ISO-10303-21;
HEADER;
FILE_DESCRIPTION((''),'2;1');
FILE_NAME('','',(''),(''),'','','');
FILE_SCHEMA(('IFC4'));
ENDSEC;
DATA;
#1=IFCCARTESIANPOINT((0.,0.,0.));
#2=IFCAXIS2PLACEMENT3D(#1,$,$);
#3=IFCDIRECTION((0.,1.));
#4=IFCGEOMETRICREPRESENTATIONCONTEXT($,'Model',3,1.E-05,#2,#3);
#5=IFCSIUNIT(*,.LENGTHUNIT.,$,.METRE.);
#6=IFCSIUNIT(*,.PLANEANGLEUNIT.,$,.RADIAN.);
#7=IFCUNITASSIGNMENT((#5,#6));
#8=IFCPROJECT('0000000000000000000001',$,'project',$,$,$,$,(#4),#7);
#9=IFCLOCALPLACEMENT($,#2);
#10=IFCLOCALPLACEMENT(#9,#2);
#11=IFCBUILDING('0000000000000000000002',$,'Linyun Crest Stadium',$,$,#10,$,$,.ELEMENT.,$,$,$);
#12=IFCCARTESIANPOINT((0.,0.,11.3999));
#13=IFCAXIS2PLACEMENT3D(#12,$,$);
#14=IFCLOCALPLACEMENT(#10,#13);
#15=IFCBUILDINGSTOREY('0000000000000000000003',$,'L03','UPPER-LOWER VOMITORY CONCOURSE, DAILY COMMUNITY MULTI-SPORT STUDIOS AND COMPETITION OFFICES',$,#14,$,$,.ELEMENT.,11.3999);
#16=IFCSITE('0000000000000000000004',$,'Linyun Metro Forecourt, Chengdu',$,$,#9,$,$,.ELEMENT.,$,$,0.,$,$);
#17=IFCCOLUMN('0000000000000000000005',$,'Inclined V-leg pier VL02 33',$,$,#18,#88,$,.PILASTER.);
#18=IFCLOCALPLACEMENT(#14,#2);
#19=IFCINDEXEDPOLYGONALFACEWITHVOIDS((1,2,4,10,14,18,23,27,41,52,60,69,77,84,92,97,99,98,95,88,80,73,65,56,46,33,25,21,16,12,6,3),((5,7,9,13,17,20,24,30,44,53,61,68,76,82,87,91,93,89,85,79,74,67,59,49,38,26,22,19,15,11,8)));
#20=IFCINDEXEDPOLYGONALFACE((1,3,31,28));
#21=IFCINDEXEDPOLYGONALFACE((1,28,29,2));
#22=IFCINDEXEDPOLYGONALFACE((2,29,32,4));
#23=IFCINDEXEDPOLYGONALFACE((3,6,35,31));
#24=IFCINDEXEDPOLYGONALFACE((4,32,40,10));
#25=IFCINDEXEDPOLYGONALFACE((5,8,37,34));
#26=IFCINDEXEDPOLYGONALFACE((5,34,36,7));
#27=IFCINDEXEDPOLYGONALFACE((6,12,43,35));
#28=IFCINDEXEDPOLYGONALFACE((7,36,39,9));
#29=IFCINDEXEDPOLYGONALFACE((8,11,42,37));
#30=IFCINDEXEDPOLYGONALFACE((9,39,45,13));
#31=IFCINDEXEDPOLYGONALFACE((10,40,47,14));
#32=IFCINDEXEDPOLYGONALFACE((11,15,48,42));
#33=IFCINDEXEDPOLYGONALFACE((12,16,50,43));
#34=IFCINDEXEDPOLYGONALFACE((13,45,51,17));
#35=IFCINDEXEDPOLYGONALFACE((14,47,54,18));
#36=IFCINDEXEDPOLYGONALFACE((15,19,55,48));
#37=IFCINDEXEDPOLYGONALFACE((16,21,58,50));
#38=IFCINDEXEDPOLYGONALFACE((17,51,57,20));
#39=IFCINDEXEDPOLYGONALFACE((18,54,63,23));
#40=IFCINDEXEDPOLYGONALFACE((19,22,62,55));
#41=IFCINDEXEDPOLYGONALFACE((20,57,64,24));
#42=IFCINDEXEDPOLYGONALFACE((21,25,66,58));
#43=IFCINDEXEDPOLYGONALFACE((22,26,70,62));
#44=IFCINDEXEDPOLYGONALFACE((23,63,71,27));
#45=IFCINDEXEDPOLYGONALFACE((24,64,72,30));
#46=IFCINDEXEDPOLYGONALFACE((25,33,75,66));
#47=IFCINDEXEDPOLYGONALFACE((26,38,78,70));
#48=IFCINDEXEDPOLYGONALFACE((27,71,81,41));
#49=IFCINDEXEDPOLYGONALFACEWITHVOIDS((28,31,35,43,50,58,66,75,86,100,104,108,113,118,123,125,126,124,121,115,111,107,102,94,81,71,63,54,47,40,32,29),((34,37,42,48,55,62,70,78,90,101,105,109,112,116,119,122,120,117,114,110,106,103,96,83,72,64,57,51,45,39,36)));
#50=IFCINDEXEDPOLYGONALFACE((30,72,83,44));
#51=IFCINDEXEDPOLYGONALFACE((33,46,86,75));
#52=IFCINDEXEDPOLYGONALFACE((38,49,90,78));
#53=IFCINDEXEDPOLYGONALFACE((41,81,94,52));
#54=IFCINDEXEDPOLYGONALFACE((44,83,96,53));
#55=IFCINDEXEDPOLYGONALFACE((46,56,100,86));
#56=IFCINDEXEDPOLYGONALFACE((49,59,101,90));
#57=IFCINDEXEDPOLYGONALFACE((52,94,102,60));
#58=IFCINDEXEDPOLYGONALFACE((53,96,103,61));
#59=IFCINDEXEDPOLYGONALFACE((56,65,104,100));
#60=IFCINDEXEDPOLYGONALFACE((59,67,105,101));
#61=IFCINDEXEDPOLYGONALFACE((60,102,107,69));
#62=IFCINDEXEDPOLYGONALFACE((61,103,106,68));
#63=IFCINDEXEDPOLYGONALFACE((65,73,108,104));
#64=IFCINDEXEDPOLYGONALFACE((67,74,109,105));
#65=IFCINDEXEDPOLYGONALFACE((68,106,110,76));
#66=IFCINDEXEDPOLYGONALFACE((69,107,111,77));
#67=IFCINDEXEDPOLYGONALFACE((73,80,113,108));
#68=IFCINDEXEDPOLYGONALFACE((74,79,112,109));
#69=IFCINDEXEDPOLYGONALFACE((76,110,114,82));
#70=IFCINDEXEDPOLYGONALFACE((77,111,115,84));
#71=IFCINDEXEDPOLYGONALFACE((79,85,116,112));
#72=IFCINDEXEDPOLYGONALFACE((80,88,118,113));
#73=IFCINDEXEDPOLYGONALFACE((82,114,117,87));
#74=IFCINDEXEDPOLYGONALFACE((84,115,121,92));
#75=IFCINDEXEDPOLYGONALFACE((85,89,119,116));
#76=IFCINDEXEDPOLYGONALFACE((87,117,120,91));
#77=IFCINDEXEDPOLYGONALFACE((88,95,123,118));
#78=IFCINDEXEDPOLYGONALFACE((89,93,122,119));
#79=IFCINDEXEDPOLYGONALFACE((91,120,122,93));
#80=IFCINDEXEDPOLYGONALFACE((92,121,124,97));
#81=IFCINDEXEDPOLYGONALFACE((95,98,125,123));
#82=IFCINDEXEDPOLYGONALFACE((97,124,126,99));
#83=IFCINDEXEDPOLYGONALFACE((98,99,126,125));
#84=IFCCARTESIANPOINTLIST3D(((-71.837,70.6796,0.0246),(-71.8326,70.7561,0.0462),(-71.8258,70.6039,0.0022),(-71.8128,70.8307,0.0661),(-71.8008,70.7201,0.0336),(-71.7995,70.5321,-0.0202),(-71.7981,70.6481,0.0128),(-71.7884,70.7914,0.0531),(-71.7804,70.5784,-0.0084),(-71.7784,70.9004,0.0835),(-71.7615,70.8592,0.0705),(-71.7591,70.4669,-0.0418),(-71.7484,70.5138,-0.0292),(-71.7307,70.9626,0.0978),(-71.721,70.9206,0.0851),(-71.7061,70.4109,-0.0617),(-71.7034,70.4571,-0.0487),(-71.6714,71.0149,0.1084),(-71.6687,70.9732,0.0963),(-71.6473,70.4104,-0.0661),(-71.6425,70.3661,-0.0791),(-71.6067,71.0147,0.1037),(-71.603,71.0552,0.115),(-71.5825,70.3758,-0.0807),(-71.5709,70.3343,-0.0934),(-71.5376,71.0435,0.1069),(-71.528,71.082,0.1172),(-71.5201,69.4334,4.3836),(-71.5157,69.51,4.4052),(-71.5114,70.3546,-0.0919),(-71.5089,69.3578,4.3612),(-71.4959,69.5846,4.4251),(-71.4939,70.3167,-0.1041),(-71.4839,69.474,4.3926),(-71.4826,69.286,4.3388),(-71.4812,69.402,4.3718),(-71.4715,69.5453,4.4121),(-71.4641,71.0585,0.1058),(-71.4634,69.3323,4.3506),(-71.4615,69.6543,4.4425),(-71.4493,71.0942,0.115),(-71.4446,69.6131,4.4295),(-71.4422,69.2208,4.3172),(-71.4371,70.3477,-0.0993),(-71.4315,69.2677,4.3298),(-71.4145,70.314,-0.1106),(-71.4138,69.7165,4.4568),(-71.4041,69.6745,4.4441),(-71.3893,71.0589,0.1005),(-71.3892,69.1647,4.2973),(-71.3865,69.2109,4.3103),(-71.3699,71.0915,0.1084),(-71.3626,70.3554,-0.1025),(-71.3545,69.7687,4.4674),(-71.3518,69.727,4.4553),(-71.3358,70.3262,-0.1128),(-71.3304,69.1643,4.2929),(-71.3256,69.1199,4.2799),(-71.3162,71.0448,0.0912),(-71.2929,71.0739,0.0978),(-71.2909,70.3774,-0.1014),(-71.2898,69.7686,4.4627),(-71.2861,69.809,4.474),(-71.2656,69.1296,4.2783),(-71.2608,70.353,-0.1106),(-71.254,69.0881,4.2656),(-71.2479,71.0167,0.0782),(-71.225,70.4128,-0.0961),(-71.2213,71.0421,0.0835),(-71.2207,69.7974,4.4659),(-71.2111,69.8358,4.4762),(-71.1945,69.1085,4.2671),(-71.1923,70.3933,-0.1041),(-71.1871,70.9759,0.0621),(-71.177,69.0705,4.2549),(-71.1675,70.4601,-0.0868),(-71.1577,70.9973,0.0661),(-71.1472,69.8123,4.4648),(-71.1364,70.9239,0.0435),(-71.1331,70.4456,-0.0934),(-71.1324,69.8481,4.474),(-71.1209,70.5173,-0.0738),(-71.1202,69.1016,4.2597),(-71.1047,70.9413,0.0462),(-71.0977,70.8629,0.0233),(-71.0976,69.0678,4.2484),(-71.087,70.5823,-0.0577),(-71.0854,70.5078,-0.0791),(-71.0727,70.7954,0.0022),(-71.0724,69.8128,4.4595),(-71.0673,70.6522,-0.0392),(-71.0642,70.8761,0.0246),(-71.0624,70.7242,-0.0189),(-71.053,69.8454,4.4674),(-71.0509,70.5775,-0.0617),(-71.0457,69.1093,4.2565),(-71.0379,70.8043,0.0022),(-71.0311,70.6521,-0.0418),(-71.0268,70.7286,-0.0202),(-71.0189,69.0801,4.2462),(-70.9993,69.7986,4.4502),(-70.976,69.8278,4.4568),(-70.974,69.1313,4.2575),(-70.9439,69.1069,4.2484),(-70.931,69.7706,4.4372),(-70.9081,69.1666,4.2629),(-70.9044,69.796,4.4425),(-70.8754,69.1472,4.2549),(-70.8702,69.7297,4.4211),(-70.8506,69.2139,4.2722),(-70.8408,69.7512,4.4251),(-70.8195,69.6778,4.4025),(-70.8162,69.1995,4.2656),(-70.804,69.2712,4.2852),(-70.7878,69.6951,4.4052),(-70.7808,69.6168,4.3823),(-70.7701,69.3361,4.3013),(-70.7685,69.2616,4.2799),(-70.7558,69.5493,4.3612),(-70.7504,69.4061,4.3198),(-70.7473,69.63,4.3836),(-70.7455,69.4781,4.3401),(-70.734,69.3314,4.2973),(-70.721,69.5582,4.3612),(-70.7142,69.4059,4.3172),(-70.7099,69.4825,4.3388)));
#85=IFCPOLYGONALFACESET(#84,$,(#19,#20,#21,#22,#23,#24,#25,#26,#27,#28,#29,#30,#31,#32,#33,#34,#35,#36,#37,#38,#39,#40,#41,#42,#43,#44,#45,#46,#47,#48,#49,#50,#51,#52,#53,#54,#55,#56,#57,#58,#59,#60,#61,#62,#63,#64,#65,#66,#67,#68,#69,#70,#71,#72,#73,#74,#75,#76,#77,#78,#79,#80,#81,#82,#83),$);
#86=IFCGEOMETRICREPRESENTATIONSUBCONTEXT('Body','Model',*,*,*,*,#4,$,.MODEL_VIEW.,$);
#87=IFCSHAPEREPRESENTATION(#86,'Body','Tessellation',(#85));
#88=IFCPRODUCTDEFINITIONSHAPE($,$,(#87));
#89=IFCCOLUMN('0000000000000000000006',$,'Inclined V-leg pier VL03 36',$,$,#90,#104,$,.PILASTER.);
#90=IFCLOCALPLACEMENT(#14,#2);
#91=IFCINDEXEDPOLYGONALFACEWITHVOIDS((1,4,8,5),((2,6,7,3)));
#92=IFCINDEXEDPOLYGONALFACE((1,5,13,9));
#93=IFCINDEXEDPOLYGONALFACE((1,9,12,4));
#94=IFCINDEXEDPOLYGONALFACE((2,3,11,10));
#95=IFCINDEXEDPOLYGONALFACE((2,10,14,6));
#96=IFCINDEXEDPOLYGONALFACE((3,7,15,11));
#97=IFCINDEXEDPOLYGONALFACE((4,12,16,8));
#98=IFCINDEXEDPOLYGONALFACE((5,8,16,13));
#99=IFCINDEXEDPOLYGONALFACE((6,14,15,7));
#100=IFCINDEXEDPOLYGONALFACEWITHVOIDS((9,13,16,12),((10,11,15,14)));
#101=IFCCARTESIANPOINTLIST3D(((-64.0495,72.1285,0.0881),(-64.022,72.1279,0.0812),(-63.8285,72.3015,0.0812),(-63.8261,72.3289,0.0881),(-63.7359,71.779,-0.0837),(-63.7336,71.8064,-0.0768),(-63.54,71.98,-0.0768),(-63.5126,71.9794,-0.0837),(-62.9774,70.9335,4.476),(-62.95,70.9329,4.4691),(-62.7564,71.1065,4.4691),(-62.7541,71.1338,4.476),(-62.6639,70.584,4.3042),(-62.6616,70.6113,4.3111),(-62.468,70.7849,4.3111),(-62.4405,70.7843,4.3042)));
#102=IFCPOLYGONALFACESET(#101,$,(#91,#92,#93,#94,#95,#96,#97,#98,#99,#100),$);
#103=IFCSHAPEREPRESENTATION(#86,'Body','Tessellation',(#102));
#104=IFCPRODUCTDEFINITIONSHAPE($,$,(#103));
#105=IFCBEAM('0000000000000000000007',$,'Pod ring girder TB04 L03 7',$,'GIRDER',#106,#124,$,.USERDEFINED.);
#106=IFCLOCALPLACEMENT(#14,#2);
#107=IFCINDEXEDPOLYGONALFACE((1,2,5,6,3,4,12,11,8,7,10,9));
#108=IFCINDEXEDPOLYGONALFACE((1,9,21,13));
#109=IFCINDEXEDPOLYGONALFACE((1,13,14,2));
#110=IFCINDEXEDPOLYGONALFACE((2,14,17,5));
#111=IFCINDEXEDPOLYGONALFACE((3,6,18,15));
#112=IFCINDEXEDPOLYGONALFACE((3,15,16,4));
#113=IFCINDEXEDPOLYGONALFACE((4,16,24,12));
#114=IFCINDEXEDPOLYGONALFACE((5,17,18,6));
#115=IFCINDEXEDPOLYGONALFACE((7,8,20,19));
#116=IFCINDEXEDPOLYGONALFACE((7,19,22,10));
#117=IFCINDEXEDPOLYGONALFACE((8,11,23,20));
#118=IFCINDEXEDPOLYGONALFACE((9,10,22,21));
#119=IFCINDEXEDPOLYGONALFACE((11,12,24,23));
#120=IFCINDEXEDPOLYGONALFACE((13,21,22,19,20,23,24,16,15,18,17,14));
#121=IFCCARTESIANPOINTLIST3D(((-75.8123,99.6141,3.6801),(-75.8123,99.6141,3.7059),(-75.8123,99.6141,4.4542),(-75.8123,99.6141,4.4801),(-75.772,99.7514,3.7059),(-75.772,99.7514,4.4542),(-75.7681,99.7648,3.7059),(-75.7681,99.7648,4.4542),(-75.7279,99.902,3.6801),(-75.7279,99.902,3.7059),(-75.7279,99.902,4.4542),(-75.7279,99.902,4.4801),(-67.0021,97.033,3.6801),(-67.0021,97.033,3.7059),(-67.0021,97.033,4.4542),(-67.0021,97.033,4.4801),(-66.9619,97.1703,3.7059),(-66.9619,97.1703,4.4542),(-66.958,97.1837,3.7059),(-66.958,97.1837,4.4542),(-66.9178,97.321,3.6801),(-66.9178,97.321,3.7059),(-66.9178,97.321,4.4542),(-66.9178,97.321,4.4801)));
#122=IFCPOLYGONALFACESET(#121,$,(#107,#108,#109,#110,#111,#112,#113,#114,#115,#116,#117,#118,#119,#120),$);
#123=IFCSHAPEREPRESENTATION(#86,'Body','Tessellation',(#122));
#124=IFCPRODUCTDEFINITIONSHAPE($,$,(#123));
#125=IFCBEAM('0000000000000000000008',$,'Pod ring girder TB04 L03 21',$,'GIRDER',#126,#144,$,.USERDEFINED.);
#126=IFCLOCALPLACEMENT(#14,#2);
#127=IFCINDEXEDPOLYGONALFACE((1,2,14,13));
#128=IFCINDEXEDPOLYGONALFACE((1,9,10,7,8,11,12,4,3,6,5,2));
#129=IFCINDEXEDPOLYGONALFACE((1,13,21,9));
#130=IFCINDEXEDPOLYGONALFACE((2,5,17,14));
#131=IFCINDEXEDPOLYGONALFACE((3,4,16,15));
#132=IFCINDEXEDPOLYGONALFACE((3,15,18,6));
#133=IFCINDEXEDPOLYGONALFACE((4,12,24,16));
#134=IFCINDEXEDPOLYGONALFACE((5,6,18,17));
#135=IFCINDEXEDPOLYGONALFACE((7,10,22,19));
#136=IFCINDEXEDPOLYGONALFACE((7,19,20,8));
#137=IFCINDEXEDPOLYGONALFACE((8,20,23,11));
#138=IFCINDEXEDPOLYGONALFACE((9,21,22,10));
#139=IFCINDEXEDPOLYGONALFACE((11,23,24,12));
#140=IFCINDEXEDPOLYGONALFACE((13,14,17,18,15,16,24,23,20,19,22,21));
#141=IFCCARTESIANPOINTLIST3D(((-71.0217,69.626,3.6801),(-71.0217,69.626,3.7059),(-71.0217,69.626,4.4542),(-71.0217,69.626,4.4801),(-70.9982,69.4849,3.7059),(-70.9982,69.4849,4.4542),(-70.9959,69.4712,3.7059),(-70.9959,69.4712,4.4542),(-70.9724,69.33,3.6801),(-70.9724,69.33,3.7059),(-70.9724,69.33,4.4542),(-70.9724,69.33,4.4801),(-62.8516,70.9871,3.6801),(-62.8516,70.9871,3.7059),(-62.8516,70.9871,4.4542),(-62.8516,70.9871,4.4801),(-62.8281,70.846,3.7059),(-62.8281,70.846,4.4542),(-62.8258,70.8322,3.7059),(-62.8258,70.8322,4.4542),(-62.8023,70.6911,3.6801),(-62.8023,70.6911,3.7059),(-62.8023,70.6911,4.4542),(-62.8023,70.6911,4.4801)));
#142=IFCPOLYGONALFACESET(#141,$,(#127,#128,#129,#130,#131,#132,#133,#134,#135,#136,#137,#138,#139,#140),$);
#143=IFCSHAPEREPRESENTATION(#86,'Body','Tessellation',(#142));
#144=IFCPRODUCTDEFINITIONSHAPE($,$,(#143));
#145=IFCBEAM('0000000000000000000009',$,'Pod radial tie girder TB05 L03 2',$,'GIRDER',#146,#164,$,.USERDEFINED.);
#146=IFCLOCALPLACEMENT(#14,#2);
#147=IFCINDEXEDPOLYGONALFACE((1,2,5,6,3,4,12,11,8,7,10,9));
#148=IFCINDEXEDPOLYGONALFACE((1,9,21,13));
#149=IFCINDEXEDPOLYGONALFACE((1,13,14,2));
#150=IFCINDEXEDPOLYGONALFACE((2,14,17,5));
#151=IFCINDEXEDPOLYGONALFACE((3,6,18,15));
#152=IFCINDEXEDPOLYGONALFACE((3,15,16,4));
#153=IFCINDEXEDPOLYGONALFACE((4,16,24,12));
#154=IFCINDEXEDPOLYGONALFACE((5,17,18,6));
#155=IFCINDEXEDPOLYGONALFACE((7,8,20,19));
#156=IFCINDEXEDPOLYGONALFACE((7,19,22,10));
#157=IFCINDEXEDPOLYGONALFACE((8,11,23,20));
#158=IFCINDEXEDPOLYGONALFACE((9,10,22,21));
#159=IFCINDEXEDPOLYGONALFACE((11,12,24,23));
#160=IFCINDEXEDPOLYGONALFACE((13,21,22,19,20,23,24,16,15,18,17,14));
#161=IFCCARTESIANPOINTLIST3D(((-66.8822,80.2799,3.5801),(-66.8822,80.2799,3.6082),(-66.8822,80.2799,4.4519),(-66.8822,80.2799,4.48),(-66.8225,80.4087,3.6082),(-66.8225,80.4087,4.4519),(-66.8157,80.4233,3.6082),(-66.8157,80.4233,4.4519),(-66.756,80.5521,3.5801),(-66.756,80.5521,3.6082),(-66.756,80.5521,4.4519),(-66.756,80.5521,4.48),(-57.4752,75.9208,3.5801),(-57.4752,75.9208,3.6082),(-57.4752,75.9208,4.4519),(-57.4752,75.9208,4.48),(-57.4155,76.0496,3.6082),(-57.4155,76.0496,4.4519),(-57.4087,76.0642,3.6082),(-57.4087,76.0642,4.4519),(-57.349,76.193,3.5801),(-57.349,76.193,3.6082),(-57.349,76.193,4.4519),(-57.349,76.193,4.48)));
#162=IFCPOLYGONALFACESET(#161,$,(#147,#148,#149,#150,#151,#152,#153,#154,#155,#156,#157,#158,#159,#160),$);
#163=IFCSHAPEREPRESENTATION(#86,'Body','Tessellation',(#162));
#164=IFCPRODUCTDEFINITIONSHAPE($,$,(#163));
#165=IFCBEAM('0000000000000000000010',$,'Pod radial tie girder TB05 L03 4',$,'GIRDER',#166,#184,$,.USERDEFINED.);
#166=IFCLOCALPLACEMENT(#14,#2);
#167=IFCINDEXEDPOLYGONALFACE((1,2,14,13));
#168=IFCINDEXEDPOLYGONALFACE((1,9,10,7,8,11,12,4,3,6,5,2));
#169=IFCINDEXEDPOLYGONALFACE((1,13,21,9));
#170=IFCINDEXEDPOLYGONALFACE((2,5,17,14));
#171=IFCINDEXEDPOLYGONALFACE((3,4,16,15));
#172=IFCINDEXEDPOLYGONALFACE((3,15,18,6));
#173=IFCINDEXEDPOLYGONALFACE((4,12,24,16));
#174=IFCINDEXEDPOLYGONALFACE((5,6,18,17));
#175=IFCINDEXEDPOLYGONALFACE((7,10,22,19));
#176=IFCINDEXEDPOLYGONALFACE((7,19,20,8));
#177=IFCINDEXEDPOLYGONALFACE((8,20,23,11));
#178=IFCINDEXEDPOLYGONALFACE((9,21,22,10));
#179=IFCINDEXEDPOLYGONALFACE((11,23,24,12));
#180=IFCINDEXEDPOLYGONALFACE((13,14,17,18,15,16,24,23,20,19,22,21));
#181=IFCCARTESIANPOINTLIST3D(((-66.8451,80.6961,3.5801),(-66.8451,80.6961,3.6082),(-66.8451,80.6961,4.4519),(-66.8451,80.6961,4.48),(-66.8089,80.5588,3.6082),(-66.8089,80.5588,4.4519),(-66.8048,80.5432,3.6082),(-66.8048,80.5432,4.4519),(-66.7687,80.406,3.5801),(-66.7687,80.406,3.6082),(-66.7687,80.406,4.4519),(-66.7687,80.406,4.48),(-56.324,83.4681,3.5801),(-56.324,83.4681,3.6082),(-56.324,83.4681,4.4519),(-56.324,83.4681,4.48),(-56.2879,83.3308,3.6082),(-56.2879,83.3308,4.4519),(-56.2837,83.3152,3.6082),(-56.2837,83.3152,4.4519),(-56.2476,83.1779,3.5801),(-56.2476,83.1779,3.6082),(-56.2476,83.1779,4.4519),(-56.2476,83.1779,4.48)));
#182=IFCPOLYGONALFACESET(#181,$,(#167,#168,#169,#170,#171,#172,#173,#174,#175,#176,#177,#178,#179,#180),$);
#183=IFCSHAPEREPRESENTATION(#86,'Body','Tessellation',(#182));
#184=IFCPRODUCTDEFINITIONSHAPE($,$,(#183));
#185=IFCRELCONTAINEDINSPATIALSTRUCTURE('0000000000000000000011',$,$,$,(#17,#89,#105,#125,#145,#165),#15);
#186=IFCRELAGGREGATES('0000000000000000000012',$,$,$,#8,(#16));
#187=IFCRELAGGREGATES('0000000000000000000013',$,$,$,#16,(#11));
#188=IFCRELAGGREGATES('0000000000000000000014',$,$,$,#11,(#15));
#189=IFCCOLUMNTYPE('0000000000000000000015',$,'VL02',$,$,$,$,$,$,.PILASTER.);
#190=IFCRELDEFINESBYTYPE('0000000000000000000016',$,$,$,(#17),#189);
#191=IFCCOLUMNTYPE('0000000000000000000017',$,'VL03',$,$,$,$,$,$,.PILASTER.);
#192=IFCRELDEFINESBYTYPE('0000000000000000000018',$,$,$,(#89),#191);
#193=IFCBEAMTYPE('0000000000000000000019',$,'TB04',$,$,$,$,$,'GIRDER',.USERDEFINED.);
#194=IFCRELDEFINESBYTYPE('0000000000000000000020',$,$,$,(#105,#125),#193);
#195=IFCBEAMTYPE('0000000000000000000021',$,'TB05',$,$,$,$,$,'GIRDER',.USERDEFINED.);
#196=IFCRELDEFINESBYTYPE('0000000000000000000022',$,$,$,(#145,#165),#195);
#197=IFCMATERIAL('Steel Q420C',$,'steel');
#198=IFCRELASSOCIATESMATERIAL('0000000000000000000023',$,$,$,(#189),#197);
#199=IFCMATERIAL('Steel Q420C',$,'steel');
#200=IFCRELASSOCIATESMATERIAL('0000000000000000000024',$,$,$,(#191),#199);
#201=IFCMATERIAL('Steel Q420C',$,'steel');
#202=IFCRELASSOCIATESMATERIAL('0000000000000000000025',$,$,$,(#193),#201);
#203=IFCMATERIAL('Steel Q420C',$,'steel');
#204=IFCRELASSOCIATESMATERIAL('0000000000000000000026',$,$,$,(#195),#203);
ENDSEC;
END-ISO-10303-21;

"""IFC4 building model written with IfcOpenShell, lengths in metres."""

from ifc_helpers import new_model, si_unit, direction, frame, origin, origin_2d, place, context, subcontext, project, spatial, hollow_rectangle, hollow_circle, i_section, extrude, material, material_profile, profile_set, type_object, element, save


model = new_model("IFC4")

# Units and contexts
model_context = context("Model", 3, precision=1e-05, world=origin(), true_north=direction((0.0, 1.0)))
body_context = subcontext(model_context, "Body", "Model", "MODEL_VIEW")
ifc_project = project(units=[si_unit("LENGTHUNIT", "METRE"), si_unit("PLANEANGLEUNIT", "RADIAN")], contexts=[model_context])

# Site, building, storey
site_placement = place(None, origin())
site = spatial("IfcSite", under=ifc_project, at=site_placement, Name="Linyun Metro Forecourt, Chengdu", CompositionType="ELEMENT", RefElevation=0.0)
building_placement = place(site_placement, origin())
building = spatial("IfcBuilding", under=site, at=building_placement, Name="Linyun Crest Stadium", CompositionType="ELEMENT")
storey_placement = place(building_placement, frame((0.0, 0.0, 11.3999)))
storey = spatial("IfcBuildingStorey", under=building, at=storey_placement, Name="L03", Description="UPPER-LOWER VOMITORY CONCOURSE, DAILY COMMUNITY MULTI-SPORT STUDIOS AND COMPETITION OFFICES", CompositionType="ELEMENT", Elevation=11.3999)

# Columns
ifc_material_1 = material(Name="Steel Q420C", Category="steel")
ifc_material_profile_1 = material_profile(ifc_material_1, hollow_circle(Radius=0.4065, WallThickness=0.0359, at=origin_2d()), Name="CHS 813x36")
ifc_profile_set_1 = profile_set([ifc_material_profile_1], Name="Steel Q420C")
column_type_1 = type_object("IfcColumnType", Name="VL02", PredefinedType="PILASTER", material=ifc_profile_set_1)
column_1_placement = place(storey_placement, frame((-71.4319, 70.7041, 0.0022), z_axis=(0.06973, -0.274194, 0.959143), x_axis=(0.969152, 0.246465, 0.0)))
element("IfcColumn", 1, at=column_1_placement, inside=storey, type_object=column_type_1, Name="Inclined V-leg pier VL02 33", PredefinedType="PILASTER", context=body_context, shape_type="SweptSolid", body=[
    extrude(hollow_circle(Radius=0.4065, WallThickness=0.0359, at=origin_2d()), origin(), (0.0, 0.0, 1.0), 4.5447),
])
ifc_material_2 = material(Name="Steel Q420C", Category="steel")
ifc_material_profile_2 = material_profile(ifc_material_2, hollow_rectangle(XDim=0.3, YDim=0.5, WallThickness=0.02, at=origin_2d()), Name="RHS 500x300x20")
ifc_profile_set_2 = profile_set([ifc_material_profile_2], Name="Steel Q420C")
column_type_2 = type_object("IfcColumnType", Name="VL03", PredefinedType="PILASTER", material=ifc_profile_set_2)
column_2_placement = place(storey_placement, frame((-63.781, 72.054, 0.0022), z_axis=(0.229436, -0.255771, 0.939117), x_axis=(0.74439, 0.667746, 0.0)))
element("IfcColumn", 2, at=column_2_placement, inside=storey, type_object=column_type_2, Name="Inclined V-leg pier VL03 36", PredefinedType="PILASTER", context=body_context, shape_type="SweptSolid", body=[
    extrude(hollow_rectangle(XDim=0.3, YDim=0.5, WallThickness=0.02, at=origin_2d()), origin(), (0.0, 0.0, 1.0), 4.6724),
])

# Beams
ifc_material_3 = material(Name="Steel Q420C", Category="steel")
ifc_material_profile_3 = material_profile(ifc_material_3, i_section(OverallWidth=0.3, OverallDepth=0.8, WebThickness=0.0139, FlangeThickness=0.0259, at=origin_2d()), Name="HN 800x300")
ifc_profile_set_3 = profile_set([ifc_material_profile_3], Name="Steel Q420C")
beam_type_1 = type_object("IfcBeamType", Name="TB04", ElementType="GIRDER", PredefinedType="USERDEFINED", material=ifc_profile_set_3)
beam_1_placement = place(storey_placement, frame((-66.96, 97.177, 4.0801), z_axis=(-0.959664, 0.28115, 0.0), x_axis=(-0.28115, -0.959664, 0.0)))
element("IfcBeam", 3, at=beam_1_placement, inside=storey, type_object=beam_type_1, Name="Pod ring girder TB04 L03 7", ObjectType="GIRDER", PredefinedType="USERDEFINED", context=body_context, shape_type="SweptSolid", body=[
    extrude(i_section(OverallWidth=0.3, OverallDepth=0.8, WebThickness=0.0139, FlangeThickness=0.0259, at=origin_2d()), origin(), (0.0, 0.0, 1.0), 9.1804),
])
beam_2_placement = place(storey_placement, frame((-70.9971, 69.478, 4.0801), z_axis=(0.986406, 0.164327, 0.0), x_axis=(-0.164327, 0.986406, 0.0)))
element("IfcBeam", 4, at=beam_2_placement, inside=storey, type_object=beam_type_1, Name="Pod ring girder TB04 L03 21", ObjectType="GIRDER", PredefinedType="USERDEFINED", context=body_context, shape_type="SweptSolid", body=[
    extrude(i_section(OverallWidth=0.3, OverallDepth=0.8, WebThickness=0.0139, FlangeThickness=0.0259, at=origin_2d()), origin(), (0.0, 0.0, 1.0), 8.2827),
])
ifc_material_4 = material(Name="Steel Q420C", Category="steel")
ifc_material_profile_4 = material_profile(ifc_material_4, i_section(OverallWidth=0.3, OverallDepth=0.8999, WebThickness=0.0161, FlangeThickness=0.0281, at=origin_2d()), Name="HN 900x300")
ifc_profile_set_4 = profile_set([ifc_material_profile_4], Name="Steel Q420C")
beam_type_2 = type_object("IfcBeamType", Name="TB05", ElementType="GIRDER", PredefinedType="USERDEFINED", material=ifc_profile_set_4)
beam_3_placement = place(storey_placement, frame((-66.8191, 80.416, 4.03), z_axis=(0.907318, -0.420445, 0.0), x_axis=(0.420445, 0.907318, 0.0)))
element("IfcBeam", 5, at=beam_3_placement, inside=storey, type_object=beam_type_2, Name="Pod radial tie girder TB05 L03 2", ObjectType="GIRDER", PredefinedType="USERDEFINED", context=body_context, shape_type="SweptSolid", body=[
    extrude(i_section(OverallWidth=0.3, OverallDepth=0.8999, WebThickness=0.0161, FlangeThickness=0.0281, at=origin_2d()), origin(), (0.0, 0.0, 1.0), 10.3679),
])
beam_4_placement = place(storey_placement, frame((-66.8069, 80.551, 4.03), z_axis=(0.967, 0.254776, 0.0), x_axis=(-0.254776, 0.967, 0.0)))
element("IfcBeam", 6, at=beam_4_placement, inside=storey, type_object=beam_type_2, Name="Pod radial tie girder TB05 L03 4", ObjectType="GIRDER", PredefinedType="USERDEFINED", context=body_context, shape_type="SweptSolid", body=[
    extrude(i_section(OverallWidth=0.3, OverallDepth=0.8999, WebThickness=0.0161, FlangeThickness=0.0281, at=origin_2d()), origin(), (0.0, 0.0, 1.0), 10.8801),
])

save(model, "model.ifc")
